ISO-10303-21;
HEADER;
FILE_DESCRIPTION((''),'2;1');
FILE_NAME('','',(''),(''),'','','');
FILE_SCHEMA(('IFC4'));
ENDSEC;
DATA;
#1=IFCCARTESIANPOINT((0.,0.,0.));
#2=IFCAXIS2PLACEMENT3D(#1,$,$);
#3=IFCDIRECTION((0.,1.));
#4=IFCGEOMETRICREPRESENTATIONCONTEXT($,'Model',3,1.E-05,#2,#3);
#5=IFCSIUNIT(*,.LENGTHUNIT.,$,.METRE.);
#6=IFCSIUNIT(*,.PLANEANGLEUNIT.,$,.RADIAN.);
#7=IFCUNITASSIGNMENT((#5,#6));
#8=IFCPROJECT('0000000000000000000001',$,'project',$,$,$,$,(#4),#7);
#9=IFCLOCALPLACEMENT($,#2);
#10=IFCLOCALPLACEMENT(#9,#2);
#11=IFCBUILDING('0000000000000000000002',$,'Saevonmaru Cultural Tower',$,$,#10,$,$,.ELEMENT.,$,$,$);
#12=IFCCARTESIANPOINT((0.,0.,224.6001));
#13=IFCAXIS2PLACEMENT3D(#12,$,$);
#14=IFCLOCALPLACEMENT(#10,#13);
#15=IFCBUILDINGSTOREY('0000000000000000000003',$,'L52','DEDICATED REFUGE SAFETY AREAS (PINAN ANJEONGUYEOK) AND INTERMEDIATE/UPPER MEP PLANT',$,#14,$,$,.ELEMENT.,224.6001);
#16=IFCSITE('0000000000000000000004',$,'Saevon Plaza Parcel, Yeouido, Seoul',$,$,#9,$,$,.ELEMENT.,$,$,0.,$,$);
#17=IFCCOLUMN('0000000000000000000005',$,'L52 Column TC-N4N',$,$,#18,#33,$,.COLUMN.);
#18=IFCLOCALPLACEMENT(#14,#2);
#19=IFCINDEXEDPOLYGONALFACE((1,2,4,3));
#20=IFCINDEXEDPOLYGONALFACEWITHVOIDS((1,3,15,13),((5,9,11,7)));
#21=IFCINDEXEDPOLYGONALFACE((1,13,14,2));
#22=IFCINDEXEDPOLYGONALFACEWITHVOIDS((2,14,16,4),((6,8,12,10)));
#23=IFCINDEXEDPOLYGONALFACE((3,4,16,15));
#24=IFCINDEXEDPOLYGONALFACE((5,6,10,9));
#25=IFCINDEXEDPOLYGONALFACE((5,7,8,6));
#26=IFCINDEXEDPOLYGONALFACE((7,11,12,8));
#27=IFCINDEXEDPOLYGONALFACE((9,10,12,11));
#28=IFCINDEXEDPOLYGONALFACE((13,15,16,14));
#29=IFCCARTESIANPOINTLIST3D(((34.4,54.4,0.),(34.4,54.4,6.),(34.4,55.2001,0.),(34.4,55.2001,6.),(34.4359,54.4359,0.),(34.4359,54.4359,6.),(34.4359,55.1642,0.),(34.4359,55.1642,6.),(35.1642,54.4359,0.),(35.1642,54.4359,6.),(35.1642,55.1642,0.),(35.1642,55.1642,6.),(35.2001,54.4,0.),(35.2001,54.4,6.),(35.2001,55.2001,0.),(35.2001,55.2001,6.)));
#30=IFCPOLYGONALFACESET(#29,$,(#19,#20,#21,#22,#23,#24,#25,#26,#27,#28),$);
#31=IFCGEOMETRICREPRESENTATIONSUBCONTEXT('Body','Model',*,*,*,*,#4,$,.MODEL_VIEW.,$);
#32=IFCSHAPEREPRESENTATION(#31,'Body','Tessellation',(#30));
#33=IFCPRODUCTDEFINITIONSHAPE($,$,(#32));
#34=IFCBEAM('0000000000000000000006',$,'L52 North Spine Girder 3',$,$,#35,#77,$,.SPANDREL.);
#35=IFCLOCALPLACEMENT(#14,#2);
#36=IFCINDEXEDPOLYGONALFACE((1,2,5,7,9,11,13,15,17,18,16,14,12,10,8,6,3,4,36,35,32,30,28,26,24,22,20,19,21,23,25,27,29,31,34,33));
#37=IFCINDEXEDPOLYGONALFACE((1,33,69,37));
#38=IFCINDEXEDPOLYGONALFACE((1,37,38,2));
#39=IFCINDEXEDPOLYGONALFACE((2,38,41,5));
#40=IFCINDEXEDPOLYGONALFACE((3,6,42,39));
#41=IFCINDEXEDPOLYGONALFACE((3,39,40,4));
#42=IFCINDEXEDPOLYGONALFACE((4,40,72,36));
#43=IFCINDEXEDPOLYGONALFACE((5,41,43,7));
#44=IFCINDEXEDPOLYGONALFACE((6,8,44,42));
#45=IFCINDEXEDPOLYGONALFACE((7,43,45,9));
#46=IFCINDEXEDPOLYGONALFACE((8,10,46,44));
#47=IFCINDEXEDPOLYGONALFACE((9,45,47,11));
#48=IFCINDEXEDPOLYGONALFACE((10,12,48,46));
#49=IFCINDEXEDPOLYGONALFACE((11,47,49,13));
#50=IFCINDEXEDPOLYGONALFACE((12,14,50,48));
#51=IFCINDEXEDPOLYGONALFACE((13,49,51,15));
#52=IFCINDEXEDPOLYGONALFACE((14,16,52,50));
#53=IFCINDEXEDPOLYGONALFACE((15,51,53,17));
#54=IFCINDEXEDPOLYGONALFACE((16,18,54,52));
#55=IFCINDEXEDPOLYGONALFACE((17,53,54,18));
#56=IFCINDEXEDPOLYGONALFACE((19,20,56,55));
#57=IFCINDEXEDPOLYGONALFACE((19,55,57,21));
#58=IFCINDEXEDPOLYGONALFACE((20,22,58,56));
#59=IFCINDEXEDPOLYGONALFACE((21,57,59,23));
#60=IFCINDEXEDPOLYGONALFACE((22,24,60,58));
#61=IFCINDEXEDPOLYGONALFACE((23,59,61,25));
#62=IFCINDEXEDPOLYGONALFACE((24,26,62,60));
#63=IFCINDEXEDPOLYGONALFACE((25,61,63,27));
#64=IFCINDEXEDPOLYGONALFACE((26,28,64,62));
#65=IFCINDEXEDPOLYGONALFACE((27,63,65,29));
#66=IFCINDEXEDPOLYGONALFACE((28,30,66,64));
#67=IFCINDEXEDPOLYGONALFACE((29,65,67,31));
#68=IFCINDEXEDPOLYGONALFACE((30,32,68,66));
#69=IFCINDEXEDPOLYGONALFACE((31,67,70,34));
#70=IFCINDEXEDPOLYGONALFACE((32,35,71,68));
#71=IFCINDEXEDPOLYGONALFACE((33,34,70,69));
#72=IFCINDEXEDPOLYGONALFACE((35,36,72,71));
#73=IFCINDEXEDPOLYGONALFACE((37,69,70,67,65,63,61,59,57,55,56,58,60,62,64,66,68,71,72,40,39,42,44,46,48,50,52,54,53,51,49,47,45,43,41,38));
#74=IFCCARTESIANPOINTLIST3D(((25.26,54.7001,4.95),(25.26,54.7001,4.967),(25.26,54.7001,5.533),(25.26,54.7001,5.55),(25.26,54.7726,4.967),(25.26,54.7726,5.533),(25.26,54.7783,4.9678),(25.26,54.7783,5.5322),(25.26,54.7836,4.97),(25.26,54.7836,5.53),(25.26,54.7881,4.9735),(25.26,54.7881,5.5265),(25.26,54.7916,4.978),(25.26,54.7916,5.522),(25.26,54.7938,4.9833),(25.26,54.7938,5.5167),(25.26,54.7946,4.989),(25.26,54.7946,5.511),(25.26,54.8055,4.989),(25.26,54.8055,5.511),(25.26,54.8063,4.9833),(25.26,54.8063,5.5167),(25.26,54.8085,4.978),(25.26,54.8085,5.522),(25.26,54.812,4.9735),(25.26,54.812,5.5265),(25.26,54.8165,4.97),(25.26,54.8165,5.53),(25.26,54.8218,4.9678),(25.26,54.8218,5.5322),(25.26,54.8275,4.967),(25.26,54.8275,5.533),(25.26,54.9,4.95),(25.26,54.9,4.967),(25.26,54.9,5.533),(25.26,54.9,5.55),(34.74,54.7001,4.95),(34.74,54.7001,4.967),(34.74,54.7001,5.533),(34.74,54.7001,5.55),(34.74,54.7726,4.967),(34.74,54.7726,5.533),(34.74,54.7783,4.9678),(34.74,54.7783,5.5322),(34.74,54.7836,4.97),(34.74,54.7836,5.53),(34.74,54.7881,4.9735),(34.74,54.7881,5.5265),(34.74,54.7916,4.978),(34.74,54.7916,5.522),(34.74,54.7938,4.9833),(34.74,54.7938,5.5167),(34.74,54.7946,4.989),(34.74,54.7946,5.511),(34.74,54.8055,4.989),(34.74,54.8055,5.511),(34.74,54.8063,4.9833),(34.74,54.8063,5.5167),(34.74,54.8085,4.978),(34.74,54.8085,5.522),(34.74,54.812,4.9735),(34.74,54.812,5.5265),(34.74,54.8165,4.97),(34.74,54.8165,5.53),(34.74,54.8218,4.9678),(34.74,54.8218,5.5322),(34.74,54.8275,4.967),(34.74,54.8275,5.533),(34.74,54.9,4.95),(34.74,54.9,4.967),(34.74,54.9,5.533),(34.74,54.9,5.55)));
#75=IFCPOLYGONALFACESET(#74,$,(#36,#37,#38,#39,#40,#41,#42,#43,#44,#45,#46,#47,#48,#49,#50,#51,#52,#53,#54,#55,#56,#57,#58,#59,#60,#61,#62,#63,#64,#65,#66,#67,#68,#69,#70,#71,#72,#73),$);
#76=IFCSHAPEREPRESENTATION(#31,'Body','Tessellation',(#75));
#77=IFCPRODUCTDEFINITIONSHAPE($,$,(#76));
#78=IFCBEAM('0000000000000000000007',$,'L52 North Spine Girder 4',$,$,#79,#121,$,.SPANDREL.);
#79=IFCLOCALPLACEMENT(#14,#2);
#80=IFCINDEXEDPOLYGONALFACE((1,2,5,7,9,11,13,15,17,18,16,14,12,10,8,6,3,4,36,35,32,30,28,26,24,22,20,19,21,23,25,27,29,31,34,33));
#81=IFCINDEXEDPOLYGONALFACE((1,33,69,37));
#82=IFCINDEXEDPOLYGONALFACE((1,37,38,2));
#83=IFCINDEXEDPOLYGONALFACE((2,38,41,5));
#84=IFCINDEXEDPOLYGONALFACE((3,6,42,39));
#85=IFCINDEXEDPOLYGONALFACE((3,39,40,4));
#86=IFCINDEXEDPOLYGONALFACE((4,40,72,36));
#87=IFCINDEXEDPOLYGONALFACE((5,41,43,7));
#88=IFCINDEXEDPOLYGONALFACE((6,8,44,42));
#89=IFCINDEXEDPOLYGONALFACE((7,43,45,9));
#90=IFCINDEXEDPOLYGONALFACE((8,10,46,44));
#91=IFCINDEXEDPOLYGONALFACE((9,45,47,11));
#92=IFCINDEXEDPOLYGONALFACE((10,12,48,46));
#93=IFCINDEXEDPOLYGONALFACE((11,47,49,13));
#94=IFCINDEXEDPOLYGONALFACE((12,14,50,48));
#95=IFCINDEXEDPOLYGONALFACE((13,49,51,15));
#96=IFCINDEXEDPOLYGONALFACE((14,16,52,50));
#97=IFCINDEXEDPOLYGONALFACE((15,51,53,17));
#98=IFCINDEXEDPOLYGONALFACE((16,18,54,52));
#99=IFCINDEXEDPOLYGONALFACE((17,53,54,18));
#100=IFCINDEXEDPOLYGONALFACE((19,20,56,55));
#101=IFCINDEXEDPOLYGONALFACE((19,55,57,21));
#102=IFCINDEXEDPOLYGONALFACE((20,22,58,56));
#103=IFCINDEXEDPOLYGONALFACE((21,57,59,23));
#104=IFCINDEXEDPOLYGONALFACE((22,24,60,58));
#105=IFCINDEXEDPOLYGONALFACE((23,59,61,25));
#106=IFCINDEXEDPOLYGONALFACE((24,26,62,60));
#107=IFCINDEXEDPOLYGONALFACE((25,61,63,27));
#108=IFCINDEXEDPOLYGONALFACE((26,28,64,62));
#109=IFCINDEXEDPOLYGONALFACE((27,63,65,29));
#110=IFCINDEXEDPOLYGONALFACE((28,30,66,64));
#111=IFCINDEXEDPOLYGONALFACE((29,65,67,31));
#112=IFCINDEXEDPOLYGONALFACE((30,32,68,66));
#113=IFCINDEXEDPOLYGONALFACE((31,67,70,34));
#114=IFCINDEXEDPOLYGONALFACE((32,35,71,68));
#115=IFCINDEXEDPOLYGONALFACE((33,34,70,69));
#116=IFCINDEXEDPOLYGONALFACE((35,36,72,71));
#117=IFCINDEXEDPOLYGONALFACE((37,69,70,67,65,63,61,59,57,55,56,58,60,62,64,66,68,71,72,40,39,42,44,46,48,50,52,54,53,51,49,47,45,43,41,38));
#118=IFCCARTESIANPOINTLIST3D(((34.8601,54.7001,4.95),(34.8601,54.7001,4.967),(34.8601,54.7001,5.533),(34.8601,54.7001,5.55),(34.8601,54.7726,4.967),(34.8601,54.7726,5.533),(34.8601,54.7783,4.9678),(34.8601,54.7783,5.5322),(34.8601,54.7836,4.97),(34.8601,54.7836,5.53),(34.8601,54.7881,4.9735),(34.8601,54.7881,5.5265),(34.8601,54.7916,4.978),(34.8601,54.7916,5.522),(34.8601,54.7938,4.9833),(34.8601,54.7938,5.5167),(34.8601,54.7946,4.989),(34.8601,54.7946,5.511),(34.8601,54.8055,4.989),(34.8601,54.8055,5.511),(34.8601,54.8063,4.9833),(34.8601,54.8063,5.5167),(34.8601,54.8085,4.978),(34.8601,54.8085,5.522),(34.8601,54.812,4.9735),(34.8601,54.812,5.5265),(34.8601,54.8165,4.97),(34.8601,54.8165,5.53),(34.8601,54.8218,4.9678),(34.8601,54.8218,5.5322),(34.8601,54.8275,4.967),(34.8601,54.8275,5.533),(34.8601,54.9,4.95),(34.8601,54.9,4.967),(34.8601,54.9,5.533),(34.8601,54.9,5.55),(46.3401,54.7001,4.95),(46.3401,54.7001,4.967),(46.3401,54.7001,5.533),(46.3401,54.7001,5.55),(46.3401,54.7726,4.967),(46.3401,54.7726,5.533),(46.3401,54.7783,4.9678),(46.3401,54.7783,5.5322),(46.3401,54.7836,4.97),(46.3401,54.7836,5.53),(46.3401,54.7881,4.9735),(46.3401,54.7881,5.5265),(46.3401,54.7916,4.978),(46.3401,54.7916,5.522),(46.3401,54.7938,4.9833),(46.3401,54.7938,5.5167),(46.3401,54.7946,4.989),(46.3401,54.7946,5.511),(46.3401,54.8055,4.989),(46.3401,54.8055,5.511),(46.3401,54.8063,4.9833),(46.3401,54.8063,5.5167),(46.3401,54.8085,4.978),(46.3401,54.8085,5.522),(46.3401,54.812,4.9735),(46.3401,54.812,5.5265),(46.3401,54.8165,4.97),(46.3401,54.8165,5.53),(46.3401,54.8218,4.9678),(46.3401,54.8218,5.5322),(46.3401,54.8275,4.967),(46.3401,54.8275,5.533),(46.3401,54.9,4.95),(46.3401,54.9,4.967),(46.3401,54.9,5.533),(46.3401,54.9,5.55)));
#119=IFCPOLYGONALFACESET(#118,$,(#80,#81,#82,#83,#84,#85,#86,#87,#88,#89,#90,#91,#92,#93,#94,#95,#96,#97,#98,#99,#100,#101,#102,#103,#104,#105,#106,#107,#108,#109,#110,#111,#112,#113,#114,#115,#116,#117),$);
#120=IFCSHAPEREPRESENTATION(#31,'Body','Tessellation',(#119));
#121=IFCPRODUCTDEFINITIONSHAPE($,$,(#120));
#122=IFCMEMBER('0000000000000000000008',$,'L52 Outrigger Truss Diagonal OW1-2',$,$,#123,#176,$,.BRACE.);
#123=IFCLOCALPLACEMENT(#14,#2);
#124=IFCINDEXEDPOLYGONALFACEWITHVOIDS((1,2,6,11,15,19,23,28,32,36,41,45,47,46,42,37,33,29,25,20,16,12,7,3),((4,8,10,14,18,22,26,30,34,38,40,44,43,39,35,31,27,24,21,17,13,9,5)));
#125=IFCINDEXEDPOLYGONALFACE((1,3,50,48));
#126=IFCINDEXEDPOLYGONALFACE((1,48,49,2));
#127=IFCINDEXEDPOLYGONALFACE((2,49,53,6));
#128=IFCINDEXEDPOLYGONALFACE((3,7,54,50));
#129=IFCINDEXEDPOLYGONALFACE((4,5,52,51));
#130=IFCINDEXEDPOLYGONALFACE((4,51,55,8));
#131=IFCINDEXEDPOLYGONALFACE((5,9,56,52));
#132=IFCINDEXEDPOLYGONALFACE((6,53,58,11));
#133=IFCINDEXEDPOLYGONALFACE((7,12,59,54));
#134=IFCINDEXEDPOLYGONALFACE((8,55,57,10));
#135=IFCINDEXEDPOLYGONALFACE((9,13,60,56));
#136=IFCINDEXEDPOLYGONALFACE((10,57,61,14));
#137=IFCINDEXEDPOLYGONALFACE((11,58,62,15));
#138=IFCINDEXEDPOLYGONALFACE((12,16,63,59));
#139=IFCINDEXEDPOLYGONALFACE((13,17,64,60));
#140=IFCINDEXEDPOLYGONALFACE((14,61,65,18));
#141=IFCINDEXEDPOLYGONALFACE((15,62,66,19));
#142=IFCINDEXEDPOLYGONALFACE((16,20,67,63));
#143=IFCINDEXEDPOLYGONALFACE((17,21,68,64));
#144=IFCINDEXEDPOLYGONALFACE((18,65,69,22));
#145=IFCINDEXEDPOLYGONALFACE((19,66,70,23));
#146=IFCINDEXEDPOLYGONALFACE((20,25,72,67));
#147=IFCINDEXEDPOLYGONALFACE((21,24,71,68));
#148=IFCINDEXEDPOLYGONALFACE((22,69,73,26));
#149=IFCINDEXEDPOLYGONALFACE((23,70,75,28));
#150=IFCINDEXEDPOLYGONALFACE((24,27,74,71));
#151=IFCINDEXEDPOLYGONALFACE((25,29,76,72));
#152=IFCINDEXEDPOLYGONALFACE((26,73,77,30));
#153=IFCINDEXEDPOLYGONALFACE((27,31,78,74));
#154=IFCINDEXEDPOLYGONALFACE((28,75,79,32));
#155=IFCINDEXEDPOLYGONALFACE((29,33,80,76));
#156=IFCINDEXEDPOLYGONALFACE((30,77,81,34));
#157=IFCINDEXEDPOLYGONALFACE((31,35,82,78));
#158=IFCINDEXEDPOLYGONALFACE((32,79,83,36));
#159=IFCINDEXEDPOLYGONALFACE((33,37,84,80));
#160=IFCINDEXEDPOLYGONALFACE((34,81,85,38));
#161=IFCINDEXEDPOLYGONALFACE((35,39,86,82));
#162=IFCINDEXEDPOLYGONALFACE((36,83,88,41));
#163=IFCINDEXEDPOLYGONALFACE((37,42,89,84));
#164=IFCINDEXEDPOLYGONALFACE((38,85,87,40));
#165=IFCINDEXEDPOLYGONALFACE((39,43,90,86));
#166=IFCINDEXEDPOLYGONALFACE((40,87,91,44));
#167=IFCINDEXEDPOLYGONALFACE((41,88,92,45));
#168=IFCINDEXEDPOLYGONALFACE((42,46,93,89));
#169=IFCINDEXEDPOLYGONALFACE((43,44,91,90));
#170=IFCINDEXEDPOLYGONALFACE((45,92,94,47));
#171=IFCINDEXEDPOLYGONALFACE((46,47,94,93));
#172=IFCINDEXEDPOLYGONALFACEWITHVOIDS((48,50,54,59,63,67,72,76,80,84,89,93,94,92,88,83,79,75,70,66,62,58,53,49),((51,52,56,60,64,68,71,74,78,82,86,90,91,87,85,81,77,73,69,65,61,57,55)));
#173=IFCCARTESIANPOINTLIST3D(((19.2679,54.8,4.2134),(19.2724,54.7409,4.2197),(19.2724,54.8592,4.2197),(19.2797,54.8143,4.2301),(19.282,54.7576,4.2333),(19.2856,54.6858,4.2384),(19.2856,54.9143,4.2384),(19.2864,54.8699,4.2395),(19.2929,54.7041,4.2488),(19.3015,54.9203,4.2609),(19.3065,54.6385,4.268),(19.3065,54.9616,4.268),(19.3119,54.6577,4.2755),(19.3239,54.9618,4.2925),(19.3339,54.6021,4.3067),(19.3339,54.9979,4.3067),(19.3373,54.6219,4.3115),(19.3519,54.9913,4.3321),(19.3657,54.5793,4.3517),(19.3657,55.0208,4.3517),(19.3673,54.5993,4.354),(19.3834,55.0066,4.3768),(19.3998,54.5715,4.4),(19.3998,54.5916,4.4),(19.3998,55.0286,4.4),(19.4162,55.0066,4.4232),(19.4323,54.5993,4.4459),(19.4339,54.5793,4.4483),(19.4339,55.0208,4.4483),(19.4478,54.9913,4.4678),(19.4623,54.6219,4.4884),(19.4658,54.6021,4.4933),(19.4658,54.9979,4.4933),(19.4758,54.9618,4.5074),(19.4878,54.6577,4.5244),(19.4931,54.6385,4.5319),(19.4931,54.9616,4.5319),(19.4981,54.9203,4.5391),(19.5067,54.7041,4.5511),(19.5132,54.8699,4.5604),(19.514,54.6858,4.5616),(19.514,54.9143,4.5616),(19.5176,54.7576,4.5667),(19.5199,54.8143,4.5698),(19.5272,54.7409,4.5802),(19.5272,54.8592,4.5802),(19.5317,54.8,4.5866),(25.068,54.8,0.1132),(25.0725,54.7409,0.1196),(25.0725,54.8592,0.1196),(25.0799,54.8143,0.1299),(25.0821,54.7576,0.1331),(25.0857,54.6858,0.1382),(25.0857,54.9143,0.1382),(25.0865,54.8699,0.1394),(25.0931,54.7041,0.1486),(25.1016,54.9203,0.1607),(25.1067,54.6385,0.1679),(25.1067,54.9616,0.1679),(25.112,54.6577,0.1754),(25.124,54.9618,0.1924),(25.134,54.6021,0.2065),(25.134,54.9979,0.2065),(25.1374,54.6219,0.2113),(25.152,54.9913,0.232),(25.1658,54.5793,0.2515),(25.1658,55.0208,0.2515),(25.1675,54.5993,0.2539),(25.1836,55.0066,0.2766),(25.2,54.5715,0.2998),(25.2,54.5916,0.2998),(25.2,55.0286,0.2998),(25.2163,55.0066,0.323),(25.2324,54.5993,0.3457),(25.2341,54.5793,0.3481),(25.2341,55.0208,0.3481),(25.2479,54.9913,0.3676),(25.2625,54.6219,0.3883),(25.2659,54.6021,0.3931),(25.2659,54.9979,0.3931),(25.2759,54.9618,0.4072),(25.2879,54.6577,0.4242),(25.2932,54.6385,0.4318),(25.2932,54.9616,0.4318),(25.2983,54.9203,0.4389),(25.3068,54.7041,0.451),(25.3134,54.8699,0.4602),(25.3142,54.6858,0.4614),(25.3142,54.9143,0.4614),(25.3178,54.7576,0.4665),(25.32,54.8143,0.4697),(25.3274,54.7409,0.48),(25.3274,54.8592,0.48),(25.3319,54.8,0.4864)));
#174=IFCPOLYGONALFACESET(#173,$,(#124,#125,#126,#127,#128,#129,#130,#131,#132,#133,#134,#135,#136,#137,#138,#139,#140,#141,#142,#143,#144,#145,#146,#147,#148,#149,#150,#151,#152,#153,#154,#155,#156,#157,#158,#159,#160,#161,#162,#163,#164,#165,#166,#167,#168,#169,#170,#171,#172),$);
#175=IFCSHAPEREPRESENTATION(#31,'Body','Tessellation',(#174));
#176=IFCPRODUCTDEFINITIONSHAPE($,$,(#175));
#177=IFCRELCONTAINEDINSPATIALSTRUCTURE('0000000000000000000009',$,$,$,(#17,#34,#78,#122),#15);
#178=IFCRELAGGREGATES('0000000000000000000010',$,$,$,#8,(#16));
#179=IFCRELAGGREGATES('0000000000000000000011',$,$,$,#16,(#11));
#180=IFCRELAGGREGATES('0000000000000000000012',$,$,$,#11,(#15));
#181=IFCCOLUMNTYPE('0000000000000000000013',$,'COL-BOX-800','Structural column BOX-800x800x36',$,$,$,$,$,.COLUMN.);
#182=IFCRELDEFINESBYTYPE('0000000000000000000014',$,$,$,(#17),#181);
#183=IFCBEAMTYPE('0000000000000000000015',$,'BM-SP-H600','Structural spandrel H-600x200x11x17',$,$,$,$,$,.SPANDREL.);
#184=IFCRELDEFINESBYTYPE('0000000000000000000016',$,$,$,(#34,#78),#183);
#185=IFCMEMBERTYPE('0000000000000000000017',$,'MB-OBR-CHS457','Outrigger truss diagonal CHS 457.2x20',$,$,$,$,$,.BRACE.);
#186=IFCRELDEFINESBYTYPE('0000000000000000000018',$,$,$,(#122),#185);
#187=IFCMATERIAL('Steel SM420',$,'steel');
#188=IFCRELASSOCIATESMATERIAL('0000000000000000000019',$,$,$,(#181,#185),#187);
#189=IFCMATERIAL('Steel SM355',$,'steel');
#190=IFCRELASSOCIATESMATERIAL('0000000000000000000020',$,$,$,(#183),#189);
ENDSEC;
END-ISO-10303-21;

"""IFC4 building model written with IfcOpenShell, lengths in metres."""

from ifc_helpers import new_model, si_unit, direction, frame, origin, origin_2d, place, context, subcontext, project, spatial, hollow_rectangle, hollow_circle, i_section, extrude, material, material_profile, profile_set, type_object, element, save


model = new_model("IFC4")

# Units and contexts
model_context = context("Model", 3, precision=1e-05, world=origin(), true_north=direction((0.0, 1.0)))
body_context = subcontext(model_context, "Body", "Model", "MODEL_VIEW")
ifc_project = project(units=[si_unit("LENGTHUNIT", "METRE"), si_unit("PLANEANGLEUNIT", "RADIAN")], contexts=[model_context])

# Site, building, storey
site_placement = place(None, origin())
site = spatial("IfcSite", under=ifc_project, at=site_placement, Name="Saevon Plaza Parcel, Yeouido, Seoul", CompositionType="ELEMENT", RefElevation=0.0)
building_placement = place(site_placement, origin())
building = spatial("IfcBuilding", under=site, at=building_placement, Name="Saevonmaru Cultural Tower", CompositionType="ELEMENT")
storey_placement = place(building_placement, frame((0.0, 0.0, 224.6001)))
storey = spatial("IfcBuildingStorey", under=building, at=storey_placement, Name="L52", Description="DEDICATED REFUGE SAFETY AREAS (PINAN ANJEONGUYEOK) AND INTERMEDIATE/UPPER MEP PLANT", CompositionType="ELEMENT", Elevation=224.6001)

# Column
ifc_material_1 = material(Name="Steel SM420", Category="steel")
ifc_material_profile_1 = material_profile(ifc_material_1, hollow_rectangle(XDim=0.8, YDim=0.8, WallThickness=0.0359, at=origin_2d()), Name="BOX-800x800x36")
ifc_profile_set_1 = profile_set([ifc_material_profile_1], Name="Steel SM420")
column_type = type_object("IfcColumnType", Name="COL-BOX-800", Description="Structural column BOX-800x800x36", PredefinedType="COLUMN", material=ifc_profile_set_1)
column_placement = place(storey_placement, frame((34.8, 54.8, 0.0), z_axis=(0.0, 0.0, 1.0), x_axis=(1.0, 0.0, 0.0)))
element("IfcColumn", 1, at=column_placement, inside=storey, type_object=column_type, Name="L52 Column TC-N4N", PredefinedType="COLUMN", context=body_context, shape_type="SweptSolid", body=[
    extrude(hollow_rectangle(XDim=0.8, YDim=0.8, WallThickness=0.0359, at=origin_2d()), origin(), (0.0, 0.0, 1.0), 6.0),
])

# Beams
ifc_material_2 = material(Name="Steel SM355", Category="steel")
ifc_material_profile_2 = material_profile(ifc_material_2, i_section(OverallWidth=0.2, OverallDepth=0.6001, WebThickness=0.011, FlangeThickness=0.0171, FilletRadius=0.022, at=origin_2d()), Name="H-600x200x11x17")
ifc_profile_set_2 = profile_set([ifc_material_profile_2], Name="Steel SM355")
beam_type = type_object("IfcBeamType", Name="BM-SP-H600", Description="Structural spandrel H-600x200x11x17", PredefinedType="SPANDREL", material=ifc_profile_set_2)
beam_1_placement = place(storey_placement, frame((25.26, 54.8, 5.25), z_axis=(1.0, 0.0, 0.0), x_axis=(0.0, 1.0, 0.0)))
element("IfcBeam", 2, at=beam_1_placement, inside=storey, type_object=beam_type, Name="L52 North Spine Girder 3", PredefinedType="SPANDREL", context=body_context, shape_type="SweptSolid", body=[
    extrude(i_section(OverallWidth=0.2, OverallDepth=0.6001, WebThickness=0.011, FlangeThickness=0.0171, FilletRadius=0.022, at=origin_2d()), origin(), (0.0, 0.0, 1.0), 9.48),
])
beam_2_placement = place(storey_placement, frame((34.8601, 54.8, 5.25), z_axis=(1.0, 0.0, 0.0), x_axis=(0.0, 1.0, 0.0)))
element("IfcBeam", 3, at=beam_2_placement, inside=storey, type_object=beam_type, Name="L52 North Spine Girder 4", PredefinedType="SPANDREL", context=body_context, shape_type="SweptSolid", body=[
    extrude(i_section(OverallWidth=0.2, OverallDepth=0.6001, WebThickness=0.011, FlangeThickness=0.0171, FilletRadius=0.022, at=origin_2d()), origin(), (0.0, 0.0, 1.0), 11.48),
])

# Member
ifc_material_profile_3 = material_profile(ifc_material_1, hollow_circle(Radius=0.2285, WallThickness=0.02, at=origin_2d()), Name="CHS-457.2x20")
ifc_profile_set_3 = profile_set([ifc_material_profile_3], Name="Steel SM420")
member_type_1 = type_object("IfcMemberType", Name="MB-OBR-CHS457", Description="Outrigger truss diagonal CHS 457.2x20", PredefinedType="BRACE", material=ifc_profile_set_3)
for number, where, z_axis, x_axis, name in (
    (4, (25.2, 54.8, 0.2998), (-0.816573, 0.0, 0.577242), (0.0, -1.0, 0.0), "L52 Outrigger Truss Diagonal OW1-2"),
):
    element("IfcMember", number, at=place(storey_placement, frame(where, z_axis=z_axis, x_axis=x_axis)), inside=storey, type_object=member_type_1, Name=name, PredefinedType="BRACE", context=body_context, shape_type="SweptSolid", body=[
        extrude(hollow_circle(Radius=0.2285, WallThickness=0.02, at=origin_2d()), origin(), (0.0, 0.0, 1.0), 7.103),
    ])

save(model, "model.ifc")
